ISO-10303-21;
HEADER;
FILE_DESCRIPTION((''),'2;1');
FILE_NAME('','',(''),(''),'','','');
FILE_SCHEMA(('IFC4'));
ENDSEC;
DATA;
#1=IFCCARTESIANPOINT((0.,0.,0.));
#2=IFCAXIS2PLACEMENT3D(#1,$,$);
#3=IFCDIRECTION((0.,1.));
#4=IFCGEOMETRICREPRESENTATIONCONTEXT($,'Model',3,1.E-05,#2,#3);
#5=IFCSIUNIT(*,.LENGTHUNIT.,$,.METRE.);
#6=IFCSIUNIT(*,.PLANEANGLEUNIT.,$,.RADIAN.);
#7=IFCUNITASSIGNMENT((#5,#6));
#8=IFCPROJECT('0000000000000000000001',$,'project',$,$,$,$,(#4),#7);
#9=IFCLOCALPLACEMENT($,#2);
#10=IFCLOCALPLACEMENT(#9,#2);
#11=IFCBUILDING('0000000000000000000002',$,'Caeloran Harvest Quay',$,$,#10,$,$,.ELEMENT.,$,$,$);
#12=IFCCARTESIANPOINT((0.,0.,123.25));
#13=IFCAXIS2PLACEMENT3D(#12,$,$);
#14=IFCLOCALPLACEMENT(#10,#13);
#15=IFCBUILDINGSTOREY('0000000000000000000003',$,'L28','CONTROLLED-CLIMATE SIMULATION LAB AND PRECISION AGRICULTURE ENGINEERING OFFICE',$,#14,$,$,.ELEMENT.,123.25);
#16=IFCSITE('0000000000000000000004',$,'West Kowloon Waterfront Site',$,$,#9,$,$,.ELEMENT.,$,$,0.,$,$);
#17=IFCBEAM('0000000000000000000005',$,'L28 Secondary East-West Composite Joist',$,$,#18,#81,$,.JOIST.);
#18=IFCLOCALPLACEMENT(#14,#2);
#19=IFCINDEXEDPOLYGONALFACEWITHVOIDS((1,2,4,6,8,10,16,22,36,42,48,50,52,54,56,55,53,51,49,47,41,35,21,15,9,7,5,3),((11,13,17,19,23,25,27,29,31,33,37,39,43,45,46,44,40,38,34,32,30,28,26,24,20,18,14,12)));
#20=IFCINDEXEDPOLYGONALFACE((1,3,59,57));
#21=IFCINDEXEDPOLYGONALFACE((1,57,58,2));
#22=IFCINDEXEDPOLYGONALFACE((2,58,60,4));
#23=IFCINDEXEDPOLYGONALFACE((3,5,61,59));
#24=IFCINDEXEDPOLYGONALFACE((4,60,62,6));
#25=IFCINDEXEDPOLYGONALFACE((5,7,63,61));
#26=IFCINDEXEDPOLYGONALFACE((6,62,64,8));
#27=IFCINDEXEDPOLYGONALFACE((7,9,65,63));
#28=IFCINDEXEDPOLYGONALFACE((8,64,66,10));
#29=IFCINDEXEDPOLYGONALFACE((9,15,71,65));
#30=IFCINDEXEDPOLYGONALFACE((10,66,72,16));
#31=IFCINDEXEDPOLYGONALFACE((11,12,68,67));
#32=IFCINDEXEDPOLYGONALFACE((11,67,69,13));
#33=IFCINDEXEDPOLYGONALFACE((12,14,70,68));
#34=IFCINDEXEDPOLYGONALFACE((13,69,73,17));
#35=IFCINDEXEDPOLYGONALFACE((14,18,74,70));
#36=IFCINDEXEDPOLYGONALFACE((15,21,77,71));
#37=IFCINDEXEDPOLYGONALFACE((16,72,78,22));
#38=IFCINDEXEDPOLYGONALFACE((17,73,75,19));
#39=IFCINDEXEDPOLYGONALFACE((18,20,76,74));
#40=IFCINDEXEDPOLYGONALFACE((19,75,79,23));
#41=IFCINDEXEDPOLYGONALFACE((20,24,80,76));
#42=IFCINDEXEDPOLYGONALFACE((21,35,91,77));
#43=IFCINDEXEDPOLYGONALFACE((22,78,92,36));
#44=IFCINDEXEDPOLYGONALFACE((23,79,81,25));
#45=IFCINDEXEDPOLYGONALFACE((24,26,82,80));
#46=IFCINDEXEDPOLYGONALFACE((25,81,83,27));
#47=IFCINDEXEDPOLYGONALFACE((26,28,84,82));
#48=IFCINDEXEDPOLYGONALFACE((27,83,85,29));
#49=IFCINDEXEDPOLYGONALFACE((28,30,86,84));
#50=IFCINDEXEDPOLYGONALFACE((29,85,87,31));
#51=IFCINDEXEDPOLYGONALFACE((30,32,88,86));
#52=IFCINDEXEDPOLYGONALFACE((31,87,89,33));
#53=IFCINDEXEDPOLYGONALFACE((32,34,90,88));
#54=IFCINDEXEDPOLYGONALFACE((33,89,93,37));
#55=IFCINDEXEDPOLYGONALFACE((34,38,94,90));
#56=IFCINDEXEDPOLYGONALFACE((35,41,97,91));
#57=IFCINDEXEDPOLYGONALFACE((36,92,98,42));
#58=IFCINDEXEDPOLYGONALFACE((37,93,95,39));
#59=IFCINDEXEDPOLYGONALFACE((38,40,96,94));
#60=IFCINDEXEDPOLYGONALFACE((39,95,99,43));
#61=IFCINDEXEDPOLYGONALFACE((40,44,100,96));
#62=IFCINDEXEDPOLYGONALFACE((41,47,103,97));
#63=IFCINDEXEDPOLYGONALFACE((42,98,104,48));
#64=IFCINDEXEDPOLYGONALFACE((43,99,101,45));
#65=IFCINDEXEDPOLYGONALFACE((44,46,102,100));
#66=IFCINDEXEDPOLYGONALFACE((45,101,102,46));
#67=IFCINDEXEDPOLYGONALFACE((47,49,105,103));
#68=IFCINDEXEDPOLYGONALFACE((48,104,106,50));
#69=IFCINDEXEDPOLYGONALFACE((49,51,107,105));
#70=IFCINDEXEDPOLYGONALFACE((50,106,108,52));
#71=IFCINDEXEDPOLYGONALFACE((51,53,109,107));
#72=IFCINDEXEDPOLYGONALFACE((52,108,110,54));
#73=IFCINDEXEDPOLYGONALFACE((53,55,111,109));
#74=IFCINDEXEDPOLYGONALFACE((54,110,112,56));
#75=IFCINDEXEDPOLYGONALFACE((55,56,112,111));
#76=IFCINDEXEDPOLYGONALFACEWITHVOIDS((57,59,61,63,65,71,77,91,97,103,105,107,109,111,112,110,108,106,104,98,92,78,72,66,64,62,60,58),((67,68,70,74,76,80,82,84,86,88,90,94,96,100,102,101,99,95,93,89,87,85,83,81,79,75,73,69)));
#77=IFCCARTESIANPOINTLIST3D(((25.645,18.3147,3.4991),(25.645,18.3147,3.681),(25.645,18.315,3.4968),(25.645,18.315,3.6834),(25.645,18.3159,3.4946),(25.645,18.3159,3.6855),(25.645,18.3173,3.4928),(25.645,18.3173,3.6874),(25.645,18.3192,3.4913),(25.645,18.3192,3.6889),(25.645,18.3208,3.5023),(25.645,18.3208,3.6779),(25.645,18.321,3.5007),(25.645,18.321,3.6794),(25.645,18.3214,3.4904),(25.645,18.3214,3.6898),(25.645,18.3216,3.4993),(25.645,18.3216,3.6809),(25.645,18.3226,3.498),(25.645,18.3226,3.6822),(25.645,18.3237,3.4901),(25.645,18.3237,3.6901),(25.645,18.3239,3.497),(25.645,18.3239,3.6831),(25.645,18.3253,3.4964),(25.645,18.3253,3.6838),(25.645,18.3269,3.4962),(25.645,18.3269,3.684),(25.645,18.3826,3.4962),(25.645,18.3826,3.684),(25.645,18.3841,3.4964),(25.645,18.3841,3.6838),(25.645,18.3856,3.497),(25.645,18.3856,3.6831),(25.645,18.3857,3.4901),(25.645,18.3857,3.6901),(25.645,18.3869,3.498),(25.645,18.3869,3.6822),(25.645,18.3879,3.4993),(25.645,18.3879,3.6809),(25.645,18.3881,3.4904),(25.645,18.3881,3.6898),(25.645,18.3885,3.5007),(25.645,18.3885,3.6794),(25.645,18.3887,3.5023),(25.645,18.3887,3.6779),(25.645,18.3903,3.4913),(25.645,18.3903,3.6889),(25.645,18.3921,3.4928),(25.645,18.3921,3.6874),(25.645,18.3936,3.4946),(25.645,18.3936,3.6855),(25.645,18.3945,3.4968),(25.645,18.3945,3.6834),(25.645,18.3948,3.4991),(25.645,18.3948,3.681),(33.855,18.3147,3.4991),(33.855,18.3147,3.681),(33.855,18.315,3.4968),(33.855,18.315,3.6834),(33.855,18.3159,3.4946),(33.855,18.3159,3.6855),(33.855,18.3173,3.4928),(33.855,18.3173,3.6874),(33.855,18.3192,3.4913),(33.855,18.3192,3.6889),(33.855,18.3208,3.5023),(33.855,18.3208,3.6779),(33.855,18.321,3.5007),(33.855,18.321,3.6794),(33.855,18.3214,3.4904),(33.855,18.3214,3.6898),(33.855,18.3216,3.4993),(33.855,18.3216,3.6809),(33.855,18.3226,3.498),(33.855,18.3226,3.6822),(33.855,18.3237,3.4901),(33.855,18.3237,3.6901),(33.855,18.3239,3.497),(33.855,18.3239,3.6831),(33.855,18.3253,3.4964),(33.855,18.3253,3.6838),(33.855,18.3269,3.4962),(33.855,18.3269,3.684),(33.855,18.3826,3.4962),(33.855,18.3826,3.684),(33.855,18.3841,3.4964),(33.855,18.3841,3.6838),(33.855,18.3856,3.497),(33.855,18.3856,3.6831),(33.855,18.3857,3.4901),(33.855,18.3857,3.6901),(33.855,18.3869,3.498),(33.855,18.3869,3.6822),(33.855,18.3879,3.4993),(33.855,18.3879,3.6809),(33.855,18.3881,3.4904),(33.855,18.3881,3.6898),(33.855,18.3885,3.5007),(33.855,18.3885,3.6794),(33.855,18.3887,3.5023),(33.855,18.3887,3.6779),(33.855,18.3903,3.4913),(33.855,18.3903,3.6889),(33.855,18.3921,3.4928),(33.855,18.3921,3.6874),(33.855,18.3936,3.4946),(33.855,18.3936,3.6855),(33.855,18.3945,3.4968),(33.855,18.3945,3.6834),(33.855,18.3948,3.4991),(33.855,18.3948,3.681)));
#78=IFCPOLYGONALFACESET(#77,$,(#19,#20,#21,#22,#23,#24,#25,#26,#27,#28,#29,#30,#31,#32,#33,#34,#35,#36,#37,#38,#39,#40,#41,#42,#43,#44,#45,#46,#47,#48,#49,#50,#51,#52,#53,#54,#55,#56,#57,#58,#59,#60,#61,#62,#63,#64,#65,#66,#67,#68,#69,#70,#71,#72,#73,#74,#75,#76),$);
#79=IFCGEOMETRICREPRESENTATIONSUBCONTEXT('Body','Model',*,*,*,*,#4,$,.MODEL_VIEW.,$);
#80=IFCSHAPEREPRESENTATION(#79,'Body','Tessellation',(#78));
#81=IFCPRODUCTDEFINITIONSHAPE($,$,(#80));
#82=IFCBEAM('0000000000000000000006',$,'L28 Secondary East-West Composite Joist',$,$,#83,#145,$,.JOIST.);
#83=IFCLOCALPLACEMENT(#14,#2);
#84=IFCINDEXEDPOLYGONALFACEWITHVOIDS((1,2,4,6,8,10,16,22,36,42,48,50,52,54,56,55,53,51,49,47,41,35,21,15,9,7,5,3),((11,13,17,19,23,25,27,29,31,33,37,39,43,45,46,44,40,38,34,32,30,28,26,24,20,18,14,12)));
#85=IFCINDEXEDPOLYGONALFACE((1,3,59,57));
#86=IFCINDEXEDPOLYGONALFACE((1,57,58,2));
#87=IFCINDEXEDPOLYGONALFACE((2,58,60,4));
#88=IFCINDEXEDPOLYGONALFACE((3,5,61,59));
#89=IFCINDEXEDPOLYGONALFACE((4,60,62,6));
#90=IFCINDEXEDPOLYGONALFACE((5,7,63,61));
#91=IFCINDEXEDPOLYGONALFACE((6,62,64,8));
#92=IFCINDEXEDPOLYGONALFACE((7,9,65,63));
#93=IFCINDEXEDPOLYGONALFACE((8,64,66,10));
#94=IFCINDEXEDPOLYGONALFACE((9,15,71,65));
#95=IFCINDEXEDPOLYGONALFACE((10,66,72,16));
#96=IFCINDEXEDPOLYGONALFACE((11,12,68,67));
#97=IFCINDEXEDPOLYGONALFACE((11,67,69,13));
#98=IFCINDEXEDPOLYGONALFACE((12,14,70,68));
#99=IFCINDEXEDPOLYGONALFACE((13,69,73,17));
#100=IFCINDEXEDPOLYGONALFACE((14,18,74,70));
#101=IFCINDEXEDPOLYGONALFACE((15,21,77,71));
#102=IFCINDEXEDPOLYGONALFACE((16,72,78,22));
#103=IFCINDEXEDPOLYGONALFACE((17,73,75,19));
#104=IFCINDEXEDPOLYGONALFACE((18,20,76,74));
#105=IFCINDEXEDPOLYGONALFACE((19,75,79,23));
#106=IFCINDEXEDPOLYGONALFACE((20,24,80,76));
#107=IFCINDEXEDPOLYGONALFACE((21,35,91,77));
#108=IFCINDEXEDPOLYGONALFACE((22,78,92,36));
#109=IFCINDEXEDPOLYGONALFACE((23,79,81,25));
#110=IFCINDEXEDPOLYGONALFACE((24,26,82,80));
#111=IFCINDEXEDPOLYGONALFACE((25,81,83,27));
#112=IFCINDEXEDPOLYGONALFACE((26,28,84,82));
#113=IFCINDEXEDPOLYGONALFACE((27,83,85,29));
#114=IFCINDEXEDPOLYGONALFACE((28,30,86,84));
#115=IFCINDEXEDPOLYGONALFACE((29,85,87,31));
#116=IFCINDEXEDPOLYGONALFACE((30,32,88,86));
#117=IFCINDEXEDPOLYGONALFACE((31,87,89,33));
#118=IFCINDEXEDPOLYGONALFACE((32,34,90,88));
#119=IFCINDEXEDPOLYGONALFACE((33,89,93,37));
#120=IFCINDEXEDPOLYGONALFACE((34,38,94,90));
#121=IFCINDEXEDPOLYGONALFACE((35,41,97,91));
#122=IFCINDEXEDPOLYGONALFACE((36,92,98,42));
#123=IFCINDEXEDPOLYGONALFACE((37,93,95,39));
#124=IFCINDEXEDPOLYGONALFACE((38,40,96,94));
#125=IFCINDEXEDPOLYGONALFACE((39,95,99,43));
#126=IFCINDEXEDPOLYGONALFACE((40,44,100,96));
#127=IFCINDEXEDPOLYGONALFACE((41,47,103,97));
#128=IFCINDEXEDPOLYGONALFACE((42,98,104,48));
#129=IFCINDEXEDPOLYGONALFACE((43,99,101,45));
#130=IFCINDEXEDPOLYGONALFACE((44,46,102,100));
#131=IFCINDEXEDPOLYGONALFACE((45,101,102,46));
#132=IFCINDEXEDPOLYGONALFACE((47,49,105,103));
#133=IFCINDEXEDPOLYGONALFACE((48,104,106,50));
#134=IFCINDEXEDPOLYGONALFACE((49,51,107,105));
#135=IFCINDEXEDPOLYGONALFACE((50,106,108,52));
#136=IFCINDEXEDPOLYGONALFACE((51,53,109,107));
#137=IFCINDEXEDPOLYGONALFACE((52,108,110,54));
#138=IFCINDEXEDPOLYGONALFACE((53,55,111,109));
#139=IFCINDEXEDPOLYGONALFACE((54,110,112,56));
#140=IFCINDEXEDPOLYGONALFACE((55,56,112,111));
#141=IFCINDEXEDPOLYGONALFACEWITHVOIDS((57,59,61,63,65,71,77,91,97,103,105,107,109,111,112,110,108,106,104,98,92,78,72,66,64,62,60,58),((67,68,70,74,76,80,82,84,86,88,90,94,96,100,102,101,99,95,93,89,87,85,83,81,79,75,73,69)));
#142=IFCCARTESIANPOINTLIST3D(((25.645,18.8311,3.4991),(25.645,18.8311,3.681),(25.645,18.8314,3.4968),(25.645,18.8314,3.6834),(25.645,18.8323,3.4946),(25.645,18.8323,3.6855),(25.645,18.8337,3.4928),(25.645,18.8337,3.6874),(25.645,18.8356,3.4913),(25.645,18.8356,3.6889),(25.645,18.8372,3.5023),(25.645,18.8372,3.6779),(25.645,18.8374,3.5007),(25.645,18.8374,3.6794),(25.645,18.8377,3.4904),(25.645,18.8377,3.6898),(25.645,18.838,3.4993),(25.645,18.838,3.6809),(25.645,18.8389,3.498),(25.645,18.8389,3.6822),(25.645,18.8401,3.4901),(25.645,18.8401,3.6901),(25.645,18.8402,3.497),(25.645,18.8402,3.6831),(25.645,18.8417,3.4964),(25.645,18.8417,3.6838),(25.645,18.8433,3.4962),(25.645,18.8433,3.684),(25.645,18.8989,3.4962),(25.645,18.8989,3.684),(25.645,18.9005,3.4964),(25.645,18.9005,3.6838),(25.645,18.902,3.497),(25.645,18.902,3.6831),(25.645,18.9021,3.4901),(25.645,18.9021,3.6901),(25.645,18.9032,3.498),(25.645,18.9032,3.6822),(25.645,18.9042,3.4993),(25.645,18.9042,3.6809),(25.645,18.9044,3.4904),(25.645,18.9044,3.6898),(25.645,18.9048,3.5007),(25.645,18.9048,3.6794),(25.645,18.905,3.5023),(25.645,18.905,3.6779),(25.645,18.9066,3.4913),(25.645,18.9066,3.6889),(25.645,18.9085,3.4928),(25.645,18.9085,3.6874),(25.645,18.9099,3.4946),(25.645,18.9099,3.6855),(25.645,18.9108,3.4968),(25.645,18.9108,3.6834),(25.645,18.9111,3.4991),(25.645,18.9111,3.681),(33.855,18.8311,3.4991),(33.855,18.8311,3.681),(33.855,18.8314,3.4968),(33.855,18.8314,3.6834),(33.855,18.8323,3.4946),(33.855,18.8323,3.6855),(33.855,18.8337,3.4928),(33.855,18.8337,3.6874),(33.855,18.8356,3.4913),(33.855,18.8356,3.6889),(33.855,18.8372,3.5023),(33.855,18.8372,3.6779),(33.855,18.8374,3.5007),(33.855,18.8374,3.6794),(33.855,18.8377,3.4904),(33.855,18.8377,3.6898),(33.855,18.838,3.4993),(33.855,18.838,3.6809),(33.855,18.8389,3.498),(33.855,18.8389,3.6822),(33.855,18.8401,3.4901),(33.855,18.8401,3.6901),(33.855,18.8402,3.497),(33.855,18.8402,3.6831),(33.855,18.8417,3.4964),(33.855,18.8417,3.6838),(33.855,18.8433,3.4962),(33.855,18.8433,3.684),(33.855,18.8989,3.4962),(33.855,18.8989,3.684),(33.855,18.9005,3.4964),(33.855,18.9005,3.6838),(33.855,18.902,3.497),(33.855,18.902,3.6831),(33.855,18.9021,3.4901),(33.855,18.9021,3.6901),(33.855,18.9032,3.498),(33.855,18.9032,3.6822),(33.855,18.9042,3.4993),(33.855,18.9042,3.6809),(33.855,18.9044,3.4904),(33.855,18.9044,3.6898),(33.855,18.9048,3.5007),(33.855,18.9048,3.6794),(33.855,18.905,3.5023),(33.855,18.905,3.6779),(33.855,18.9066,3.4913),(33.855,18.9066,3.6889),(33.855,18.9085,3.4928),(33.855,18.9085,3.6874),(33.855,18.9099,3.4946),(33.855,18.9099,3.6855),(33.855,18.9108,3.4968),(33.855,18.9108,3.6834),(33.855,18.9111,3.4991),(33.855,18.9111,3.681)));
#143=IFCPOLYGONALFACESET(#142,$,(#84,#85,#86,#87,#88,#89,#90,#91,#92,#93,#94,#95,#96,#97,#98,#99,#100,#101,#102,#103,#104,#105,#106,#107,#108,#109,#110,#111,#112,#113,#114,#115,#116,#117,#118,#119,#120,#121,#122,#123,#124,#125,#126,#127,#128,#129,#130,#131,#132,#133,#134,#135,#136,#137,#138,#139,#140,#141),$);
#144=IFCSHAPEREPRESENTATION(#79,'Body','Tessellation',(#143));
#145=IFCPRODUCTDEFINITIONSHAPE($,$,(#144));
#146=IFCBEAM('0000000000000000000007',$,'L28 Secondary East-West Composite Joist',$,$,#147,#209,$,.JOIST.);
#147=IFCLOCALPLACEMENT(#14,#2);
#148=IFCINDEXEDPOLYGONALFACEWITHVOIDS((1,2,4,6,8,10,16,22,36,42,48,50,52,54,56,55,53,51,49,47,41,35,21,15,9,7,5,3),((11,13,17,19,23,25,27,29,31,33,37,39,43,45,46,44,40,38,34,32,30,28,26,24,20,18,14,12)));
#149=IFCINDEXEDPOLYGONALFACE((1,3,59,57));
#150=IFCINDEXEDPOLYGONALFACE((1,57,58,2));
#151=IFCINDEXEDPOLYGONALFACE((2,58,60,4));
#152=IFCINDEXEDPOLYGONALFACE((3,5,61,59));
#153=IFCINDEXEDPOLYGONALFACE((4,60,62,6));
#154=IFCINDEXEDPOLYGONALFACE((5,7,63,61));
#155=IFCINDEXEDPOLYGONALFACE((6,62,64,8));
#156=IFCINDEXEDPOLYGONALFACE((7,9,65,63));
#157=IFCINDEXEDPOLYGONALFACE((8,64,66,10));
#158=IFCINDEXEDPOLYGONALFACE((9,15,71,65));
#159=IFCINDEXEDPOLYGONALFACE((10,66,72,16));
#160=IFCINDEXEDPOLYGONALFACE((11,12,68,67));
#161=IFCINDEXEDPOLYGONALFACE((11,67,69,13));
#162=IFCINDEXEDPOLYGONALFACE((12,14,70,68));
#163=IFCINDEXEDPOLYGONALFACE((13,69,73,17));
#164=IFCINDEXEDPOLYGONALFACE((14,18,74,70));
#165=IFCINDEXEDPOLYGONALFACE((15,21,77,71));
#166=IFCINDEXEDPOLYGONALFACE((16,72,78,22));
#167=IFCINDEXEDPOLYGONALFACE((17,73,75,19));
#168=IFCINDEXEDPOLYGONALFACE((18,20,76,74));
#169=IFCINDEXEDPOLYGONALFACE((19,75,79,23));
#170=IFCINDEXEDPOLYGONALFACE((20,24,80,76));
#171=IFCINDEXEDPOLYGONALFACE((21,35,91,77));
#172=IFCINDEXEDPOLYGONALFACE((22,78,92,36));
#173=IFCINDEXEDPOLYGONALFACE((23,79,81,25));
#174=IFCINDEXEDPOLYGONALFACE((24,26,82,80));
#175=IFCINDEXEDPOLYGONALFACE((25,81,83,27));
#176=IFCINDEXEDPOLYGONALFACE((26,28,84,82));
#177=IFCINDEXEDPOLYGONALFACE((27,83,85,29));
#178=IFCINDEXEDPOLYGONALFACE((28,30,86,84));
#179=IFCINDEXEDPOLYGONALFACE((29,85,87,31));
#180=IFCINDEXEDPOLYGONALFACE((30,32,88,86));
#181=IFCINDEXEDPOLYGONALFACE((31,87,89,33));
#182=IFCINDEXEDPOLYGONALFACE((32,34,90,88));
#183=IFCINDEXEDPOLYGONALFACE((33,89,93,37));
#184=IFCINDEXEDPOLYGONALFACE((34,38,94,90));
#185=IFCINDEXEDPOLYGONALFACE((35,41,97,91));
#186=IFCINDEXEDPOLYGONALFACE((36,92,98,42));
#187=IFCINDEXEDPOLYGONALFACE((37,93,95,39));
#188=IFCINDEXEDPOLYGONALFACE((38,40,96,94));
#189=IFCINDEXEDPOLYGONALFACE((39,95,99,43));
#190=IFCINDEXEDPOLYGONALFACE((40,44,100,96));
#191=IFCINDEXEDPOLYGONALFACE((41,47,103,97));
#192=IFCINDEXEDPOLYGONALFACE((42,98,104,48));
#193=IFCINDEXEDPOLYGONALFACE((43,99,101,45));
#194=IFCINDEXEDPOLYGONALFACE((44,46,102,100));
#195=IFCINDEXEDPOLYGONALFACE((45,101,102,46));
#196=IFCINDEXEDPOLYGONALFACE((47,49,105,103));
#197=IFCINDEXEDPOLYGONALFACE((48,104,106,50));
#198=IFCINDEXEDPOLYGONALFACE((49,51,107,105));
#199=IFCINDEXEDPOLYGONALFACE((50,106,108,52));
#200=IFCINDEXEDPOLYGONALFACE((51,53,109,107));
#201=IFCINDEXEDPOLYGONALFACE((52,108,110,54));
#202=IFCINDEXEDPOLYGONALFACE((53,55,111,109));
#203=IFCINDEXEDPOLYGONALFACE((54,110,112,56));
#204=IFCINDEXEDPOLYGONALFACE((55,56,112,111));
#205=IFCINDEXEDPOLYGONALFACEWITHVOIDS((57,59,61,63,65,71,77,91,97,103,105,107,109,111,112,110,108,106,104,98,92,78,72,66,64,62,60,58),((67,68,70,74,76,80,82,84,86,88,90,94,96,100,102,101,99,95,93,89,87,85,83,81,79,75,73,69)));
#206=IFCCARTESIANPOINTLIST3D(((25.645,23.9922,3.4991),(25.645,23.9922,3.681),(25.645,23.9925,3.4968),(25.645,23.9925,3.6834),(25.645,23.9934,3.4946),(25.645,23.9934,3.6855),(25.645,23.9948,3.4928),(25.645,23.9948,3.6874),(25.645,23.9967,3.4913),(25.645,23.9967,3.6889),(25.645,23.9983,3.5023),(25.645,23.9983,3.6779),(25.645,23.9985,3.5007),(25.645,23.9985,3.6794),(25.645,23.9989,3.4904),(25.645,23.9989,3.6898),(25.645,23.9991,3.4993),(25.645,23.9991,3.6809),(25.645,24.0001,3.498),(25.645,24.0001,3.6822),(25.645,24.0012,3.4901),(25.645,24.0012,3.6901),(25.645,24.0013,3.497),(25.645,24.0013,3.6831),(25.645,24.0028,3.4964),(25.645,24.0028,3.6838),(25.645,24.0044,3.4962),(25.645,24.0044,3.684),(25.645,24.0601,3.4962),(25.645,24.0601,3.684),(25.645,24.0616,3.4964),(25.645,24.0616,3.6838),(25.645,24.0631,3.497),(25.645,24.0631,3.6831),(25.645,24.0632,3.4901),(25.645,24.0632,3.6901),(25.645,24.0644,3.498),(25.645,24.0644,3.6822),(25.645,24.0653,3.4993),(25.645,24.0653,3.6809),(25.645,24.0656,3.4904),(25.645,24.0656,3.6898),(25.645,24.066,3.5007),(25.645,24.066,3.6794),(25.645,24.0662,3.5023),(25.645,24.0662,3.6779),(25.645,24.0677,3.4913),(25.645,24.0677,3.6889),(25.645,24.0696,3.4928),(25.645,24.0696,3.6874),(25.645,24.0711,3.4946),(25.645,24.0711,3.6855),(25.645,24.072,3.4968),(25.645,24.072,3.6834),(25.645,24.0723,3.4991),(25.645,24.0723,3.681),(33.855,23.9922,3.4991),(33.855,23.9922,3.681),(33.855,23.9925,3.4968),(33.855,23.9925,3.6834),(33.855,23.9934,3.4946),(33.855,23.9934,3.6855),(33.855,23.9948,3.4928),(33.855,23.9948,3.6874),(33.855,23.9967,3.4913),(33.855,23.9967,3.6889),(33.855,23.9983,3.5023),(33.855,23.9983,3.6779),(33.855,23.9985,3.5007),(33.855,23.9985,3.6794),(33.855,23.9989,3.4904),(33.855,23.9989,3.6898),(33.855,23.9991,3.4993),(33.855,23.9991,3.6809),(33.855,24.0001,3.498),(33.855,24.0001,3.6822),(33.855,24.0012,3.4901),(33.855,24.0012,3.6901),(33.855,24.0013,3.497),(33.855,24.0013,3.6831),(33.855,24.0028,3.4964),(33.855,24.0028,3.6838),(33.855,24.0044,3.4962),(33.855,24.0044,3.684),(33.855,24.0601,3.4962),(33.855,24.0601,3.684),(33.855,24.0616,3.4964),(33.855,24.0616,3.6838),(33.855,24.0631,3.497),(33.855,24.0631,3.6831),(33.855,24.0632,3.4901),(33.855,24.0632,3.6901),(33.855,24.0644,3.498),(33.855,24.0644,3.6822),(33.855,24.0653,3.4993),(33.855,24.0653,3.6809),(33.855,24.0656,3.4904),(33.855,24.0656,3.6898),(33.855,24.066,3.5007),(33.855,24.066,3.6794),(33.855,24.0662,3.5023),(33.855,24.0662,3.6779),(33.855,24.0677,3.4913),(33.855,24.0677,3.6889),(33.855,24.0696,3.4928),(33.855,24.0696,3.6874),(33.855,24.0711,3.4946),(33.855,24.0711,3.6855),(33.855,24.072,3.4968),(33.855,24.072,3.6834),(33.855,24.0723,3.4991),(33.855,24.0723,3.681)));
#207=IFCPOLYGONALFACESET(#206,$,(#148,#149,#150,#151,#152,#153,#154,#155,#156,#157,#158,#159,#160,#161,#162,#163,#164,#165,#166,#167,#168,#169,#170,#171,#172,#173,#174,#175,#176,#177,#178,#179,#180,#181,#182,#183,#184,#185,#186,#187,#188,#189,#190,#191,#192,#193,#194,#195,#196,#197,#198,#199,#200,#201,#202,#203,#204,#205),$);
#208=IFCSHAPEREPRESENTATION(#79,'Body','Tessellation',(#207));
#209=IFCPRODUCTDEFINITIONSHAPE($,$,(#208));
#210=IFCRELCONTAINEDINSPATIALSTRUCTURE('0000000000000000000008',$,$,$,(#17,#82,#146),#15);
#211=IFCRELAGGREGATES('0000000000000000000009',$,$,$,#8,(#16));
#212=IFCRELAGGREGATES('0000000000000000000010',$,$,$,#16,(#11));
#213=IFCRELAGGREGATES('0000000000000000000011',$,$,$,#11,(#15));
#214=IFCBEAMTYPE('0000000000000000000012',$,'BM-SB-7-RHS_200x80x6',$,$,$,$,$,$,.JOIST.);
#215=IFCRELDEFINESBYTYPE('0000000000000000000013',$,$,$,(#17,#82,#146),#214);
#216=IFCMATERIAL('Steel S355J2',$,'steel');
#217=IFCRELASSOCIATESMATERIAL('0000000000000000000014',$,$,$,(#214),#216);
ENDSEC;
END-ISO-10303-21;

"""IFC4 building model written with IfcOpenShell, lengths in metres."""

from ifc_helpers import new_model, si_unit, direction, frame, origin, origin_2d, place, context, subcontext, project, spatial, hollow_rectangle, extrude, material, material_profile, profile_set, type_object, element, save


model = new_model("IFC4")

# Units and contexts
model_context = context("Model", 3, precision=1e-05, world=origin(), true_north=direction((0.0, 1.0)))
body_context = subcontext(model_context, "Body", "Model", "MODEL_VIEW")
ifc_project = project(units=[si_unit("LENGTHUNIT", "METRE"), si_unit("PLANEANGLEUNIT", "RADIAN")], contexts=[model_context])

# Site, building, storey
site_placement = place(None, origin())
site = spatial("IfcSite", under=ifc_project, at=site_placement, Name="West Kowloon Waterfront Site", CompositionType="ELEMENT", RefElevation=0.0)
building_placement = place(site_placement, origin())
building = spatial("IfcBuilding", under=site, at=building_placement, Name="Caeloran Harvest Quay", CompositionType="ELEMENT")
storey_placement = place(building_placement, frame((0.0, 0.0, 123.25)))
storey = spatial("IfcBuildingStorey", under=building, at=storey_placement, Name="L28", Description="CONTROLLED-CLIMATE SIMULATION LAB AND PRECISION AGRICULTURE ENGINEERING OFFICE", CompositionType="ELEMENT", Elevation=123.25)

# Beams
ifc_material_1 = material(Name="Steel S355J2", Category="steel")
ifc_material_profile_1 = material_profile(ifc_material_1, hollow_rectangle(XDim=0.0801, YDim=0.2, WallThickness=0.0061, InnerFilletRadius=0.0061, OuterFilletRadius=0.009, at=origin_2d()), Name="RHS 200x80x6")
ifc_profile_set_1 = profile_set([ifc_material_profile_1], Name="Steel S355J2")
beam_type_1 = type_object("IfcBeamType", Name="BM-SB-7-RHS_200x80x6", PredefinedType="JOIST", material=ifc_profile_set_1)
for number, where, z_axis, x_axis, name in (
    (1, (25.645, 18.3547, 3.5901), (1.0, 0.0, 0.0), (0.0, 1.0, 0.0), "L28 Secondary East-West Composite Joist"),
    (2, (25.645, 18.8711, 3.5901), (1.0, 0.0, 0.0), (0.0, 1.0, 0.0), "L28 Secondary East-West Composite Joist"),
    (3, (25.645, 24.0322, 3.5901), (1.0, 0.0, 0.0), (0.0, 1.0, 0.0), "L28 Secondary East-West Composite Joist"),
):
    element("IfcBeam", number, at=place(storey_placement, frame(where, z_axis=z_axis, x_axis=x_axis)), inside=storey, type_object=beam_type_1, Name=name, PredefinedType="JOIST", context=body_context, shape_type="SweptSolid", body=[
        extrude(hollow_rectangle(XDim=0.0801, YDim=0.2, WallThickness=0.0061, InnerFilletRadius=0.0061, OuterFilletRadius=0.009, at=origin_2d()), origin(), (0.0, 0.0, 1.0), 8.21),
    ])

save(model, "model.ifc")
